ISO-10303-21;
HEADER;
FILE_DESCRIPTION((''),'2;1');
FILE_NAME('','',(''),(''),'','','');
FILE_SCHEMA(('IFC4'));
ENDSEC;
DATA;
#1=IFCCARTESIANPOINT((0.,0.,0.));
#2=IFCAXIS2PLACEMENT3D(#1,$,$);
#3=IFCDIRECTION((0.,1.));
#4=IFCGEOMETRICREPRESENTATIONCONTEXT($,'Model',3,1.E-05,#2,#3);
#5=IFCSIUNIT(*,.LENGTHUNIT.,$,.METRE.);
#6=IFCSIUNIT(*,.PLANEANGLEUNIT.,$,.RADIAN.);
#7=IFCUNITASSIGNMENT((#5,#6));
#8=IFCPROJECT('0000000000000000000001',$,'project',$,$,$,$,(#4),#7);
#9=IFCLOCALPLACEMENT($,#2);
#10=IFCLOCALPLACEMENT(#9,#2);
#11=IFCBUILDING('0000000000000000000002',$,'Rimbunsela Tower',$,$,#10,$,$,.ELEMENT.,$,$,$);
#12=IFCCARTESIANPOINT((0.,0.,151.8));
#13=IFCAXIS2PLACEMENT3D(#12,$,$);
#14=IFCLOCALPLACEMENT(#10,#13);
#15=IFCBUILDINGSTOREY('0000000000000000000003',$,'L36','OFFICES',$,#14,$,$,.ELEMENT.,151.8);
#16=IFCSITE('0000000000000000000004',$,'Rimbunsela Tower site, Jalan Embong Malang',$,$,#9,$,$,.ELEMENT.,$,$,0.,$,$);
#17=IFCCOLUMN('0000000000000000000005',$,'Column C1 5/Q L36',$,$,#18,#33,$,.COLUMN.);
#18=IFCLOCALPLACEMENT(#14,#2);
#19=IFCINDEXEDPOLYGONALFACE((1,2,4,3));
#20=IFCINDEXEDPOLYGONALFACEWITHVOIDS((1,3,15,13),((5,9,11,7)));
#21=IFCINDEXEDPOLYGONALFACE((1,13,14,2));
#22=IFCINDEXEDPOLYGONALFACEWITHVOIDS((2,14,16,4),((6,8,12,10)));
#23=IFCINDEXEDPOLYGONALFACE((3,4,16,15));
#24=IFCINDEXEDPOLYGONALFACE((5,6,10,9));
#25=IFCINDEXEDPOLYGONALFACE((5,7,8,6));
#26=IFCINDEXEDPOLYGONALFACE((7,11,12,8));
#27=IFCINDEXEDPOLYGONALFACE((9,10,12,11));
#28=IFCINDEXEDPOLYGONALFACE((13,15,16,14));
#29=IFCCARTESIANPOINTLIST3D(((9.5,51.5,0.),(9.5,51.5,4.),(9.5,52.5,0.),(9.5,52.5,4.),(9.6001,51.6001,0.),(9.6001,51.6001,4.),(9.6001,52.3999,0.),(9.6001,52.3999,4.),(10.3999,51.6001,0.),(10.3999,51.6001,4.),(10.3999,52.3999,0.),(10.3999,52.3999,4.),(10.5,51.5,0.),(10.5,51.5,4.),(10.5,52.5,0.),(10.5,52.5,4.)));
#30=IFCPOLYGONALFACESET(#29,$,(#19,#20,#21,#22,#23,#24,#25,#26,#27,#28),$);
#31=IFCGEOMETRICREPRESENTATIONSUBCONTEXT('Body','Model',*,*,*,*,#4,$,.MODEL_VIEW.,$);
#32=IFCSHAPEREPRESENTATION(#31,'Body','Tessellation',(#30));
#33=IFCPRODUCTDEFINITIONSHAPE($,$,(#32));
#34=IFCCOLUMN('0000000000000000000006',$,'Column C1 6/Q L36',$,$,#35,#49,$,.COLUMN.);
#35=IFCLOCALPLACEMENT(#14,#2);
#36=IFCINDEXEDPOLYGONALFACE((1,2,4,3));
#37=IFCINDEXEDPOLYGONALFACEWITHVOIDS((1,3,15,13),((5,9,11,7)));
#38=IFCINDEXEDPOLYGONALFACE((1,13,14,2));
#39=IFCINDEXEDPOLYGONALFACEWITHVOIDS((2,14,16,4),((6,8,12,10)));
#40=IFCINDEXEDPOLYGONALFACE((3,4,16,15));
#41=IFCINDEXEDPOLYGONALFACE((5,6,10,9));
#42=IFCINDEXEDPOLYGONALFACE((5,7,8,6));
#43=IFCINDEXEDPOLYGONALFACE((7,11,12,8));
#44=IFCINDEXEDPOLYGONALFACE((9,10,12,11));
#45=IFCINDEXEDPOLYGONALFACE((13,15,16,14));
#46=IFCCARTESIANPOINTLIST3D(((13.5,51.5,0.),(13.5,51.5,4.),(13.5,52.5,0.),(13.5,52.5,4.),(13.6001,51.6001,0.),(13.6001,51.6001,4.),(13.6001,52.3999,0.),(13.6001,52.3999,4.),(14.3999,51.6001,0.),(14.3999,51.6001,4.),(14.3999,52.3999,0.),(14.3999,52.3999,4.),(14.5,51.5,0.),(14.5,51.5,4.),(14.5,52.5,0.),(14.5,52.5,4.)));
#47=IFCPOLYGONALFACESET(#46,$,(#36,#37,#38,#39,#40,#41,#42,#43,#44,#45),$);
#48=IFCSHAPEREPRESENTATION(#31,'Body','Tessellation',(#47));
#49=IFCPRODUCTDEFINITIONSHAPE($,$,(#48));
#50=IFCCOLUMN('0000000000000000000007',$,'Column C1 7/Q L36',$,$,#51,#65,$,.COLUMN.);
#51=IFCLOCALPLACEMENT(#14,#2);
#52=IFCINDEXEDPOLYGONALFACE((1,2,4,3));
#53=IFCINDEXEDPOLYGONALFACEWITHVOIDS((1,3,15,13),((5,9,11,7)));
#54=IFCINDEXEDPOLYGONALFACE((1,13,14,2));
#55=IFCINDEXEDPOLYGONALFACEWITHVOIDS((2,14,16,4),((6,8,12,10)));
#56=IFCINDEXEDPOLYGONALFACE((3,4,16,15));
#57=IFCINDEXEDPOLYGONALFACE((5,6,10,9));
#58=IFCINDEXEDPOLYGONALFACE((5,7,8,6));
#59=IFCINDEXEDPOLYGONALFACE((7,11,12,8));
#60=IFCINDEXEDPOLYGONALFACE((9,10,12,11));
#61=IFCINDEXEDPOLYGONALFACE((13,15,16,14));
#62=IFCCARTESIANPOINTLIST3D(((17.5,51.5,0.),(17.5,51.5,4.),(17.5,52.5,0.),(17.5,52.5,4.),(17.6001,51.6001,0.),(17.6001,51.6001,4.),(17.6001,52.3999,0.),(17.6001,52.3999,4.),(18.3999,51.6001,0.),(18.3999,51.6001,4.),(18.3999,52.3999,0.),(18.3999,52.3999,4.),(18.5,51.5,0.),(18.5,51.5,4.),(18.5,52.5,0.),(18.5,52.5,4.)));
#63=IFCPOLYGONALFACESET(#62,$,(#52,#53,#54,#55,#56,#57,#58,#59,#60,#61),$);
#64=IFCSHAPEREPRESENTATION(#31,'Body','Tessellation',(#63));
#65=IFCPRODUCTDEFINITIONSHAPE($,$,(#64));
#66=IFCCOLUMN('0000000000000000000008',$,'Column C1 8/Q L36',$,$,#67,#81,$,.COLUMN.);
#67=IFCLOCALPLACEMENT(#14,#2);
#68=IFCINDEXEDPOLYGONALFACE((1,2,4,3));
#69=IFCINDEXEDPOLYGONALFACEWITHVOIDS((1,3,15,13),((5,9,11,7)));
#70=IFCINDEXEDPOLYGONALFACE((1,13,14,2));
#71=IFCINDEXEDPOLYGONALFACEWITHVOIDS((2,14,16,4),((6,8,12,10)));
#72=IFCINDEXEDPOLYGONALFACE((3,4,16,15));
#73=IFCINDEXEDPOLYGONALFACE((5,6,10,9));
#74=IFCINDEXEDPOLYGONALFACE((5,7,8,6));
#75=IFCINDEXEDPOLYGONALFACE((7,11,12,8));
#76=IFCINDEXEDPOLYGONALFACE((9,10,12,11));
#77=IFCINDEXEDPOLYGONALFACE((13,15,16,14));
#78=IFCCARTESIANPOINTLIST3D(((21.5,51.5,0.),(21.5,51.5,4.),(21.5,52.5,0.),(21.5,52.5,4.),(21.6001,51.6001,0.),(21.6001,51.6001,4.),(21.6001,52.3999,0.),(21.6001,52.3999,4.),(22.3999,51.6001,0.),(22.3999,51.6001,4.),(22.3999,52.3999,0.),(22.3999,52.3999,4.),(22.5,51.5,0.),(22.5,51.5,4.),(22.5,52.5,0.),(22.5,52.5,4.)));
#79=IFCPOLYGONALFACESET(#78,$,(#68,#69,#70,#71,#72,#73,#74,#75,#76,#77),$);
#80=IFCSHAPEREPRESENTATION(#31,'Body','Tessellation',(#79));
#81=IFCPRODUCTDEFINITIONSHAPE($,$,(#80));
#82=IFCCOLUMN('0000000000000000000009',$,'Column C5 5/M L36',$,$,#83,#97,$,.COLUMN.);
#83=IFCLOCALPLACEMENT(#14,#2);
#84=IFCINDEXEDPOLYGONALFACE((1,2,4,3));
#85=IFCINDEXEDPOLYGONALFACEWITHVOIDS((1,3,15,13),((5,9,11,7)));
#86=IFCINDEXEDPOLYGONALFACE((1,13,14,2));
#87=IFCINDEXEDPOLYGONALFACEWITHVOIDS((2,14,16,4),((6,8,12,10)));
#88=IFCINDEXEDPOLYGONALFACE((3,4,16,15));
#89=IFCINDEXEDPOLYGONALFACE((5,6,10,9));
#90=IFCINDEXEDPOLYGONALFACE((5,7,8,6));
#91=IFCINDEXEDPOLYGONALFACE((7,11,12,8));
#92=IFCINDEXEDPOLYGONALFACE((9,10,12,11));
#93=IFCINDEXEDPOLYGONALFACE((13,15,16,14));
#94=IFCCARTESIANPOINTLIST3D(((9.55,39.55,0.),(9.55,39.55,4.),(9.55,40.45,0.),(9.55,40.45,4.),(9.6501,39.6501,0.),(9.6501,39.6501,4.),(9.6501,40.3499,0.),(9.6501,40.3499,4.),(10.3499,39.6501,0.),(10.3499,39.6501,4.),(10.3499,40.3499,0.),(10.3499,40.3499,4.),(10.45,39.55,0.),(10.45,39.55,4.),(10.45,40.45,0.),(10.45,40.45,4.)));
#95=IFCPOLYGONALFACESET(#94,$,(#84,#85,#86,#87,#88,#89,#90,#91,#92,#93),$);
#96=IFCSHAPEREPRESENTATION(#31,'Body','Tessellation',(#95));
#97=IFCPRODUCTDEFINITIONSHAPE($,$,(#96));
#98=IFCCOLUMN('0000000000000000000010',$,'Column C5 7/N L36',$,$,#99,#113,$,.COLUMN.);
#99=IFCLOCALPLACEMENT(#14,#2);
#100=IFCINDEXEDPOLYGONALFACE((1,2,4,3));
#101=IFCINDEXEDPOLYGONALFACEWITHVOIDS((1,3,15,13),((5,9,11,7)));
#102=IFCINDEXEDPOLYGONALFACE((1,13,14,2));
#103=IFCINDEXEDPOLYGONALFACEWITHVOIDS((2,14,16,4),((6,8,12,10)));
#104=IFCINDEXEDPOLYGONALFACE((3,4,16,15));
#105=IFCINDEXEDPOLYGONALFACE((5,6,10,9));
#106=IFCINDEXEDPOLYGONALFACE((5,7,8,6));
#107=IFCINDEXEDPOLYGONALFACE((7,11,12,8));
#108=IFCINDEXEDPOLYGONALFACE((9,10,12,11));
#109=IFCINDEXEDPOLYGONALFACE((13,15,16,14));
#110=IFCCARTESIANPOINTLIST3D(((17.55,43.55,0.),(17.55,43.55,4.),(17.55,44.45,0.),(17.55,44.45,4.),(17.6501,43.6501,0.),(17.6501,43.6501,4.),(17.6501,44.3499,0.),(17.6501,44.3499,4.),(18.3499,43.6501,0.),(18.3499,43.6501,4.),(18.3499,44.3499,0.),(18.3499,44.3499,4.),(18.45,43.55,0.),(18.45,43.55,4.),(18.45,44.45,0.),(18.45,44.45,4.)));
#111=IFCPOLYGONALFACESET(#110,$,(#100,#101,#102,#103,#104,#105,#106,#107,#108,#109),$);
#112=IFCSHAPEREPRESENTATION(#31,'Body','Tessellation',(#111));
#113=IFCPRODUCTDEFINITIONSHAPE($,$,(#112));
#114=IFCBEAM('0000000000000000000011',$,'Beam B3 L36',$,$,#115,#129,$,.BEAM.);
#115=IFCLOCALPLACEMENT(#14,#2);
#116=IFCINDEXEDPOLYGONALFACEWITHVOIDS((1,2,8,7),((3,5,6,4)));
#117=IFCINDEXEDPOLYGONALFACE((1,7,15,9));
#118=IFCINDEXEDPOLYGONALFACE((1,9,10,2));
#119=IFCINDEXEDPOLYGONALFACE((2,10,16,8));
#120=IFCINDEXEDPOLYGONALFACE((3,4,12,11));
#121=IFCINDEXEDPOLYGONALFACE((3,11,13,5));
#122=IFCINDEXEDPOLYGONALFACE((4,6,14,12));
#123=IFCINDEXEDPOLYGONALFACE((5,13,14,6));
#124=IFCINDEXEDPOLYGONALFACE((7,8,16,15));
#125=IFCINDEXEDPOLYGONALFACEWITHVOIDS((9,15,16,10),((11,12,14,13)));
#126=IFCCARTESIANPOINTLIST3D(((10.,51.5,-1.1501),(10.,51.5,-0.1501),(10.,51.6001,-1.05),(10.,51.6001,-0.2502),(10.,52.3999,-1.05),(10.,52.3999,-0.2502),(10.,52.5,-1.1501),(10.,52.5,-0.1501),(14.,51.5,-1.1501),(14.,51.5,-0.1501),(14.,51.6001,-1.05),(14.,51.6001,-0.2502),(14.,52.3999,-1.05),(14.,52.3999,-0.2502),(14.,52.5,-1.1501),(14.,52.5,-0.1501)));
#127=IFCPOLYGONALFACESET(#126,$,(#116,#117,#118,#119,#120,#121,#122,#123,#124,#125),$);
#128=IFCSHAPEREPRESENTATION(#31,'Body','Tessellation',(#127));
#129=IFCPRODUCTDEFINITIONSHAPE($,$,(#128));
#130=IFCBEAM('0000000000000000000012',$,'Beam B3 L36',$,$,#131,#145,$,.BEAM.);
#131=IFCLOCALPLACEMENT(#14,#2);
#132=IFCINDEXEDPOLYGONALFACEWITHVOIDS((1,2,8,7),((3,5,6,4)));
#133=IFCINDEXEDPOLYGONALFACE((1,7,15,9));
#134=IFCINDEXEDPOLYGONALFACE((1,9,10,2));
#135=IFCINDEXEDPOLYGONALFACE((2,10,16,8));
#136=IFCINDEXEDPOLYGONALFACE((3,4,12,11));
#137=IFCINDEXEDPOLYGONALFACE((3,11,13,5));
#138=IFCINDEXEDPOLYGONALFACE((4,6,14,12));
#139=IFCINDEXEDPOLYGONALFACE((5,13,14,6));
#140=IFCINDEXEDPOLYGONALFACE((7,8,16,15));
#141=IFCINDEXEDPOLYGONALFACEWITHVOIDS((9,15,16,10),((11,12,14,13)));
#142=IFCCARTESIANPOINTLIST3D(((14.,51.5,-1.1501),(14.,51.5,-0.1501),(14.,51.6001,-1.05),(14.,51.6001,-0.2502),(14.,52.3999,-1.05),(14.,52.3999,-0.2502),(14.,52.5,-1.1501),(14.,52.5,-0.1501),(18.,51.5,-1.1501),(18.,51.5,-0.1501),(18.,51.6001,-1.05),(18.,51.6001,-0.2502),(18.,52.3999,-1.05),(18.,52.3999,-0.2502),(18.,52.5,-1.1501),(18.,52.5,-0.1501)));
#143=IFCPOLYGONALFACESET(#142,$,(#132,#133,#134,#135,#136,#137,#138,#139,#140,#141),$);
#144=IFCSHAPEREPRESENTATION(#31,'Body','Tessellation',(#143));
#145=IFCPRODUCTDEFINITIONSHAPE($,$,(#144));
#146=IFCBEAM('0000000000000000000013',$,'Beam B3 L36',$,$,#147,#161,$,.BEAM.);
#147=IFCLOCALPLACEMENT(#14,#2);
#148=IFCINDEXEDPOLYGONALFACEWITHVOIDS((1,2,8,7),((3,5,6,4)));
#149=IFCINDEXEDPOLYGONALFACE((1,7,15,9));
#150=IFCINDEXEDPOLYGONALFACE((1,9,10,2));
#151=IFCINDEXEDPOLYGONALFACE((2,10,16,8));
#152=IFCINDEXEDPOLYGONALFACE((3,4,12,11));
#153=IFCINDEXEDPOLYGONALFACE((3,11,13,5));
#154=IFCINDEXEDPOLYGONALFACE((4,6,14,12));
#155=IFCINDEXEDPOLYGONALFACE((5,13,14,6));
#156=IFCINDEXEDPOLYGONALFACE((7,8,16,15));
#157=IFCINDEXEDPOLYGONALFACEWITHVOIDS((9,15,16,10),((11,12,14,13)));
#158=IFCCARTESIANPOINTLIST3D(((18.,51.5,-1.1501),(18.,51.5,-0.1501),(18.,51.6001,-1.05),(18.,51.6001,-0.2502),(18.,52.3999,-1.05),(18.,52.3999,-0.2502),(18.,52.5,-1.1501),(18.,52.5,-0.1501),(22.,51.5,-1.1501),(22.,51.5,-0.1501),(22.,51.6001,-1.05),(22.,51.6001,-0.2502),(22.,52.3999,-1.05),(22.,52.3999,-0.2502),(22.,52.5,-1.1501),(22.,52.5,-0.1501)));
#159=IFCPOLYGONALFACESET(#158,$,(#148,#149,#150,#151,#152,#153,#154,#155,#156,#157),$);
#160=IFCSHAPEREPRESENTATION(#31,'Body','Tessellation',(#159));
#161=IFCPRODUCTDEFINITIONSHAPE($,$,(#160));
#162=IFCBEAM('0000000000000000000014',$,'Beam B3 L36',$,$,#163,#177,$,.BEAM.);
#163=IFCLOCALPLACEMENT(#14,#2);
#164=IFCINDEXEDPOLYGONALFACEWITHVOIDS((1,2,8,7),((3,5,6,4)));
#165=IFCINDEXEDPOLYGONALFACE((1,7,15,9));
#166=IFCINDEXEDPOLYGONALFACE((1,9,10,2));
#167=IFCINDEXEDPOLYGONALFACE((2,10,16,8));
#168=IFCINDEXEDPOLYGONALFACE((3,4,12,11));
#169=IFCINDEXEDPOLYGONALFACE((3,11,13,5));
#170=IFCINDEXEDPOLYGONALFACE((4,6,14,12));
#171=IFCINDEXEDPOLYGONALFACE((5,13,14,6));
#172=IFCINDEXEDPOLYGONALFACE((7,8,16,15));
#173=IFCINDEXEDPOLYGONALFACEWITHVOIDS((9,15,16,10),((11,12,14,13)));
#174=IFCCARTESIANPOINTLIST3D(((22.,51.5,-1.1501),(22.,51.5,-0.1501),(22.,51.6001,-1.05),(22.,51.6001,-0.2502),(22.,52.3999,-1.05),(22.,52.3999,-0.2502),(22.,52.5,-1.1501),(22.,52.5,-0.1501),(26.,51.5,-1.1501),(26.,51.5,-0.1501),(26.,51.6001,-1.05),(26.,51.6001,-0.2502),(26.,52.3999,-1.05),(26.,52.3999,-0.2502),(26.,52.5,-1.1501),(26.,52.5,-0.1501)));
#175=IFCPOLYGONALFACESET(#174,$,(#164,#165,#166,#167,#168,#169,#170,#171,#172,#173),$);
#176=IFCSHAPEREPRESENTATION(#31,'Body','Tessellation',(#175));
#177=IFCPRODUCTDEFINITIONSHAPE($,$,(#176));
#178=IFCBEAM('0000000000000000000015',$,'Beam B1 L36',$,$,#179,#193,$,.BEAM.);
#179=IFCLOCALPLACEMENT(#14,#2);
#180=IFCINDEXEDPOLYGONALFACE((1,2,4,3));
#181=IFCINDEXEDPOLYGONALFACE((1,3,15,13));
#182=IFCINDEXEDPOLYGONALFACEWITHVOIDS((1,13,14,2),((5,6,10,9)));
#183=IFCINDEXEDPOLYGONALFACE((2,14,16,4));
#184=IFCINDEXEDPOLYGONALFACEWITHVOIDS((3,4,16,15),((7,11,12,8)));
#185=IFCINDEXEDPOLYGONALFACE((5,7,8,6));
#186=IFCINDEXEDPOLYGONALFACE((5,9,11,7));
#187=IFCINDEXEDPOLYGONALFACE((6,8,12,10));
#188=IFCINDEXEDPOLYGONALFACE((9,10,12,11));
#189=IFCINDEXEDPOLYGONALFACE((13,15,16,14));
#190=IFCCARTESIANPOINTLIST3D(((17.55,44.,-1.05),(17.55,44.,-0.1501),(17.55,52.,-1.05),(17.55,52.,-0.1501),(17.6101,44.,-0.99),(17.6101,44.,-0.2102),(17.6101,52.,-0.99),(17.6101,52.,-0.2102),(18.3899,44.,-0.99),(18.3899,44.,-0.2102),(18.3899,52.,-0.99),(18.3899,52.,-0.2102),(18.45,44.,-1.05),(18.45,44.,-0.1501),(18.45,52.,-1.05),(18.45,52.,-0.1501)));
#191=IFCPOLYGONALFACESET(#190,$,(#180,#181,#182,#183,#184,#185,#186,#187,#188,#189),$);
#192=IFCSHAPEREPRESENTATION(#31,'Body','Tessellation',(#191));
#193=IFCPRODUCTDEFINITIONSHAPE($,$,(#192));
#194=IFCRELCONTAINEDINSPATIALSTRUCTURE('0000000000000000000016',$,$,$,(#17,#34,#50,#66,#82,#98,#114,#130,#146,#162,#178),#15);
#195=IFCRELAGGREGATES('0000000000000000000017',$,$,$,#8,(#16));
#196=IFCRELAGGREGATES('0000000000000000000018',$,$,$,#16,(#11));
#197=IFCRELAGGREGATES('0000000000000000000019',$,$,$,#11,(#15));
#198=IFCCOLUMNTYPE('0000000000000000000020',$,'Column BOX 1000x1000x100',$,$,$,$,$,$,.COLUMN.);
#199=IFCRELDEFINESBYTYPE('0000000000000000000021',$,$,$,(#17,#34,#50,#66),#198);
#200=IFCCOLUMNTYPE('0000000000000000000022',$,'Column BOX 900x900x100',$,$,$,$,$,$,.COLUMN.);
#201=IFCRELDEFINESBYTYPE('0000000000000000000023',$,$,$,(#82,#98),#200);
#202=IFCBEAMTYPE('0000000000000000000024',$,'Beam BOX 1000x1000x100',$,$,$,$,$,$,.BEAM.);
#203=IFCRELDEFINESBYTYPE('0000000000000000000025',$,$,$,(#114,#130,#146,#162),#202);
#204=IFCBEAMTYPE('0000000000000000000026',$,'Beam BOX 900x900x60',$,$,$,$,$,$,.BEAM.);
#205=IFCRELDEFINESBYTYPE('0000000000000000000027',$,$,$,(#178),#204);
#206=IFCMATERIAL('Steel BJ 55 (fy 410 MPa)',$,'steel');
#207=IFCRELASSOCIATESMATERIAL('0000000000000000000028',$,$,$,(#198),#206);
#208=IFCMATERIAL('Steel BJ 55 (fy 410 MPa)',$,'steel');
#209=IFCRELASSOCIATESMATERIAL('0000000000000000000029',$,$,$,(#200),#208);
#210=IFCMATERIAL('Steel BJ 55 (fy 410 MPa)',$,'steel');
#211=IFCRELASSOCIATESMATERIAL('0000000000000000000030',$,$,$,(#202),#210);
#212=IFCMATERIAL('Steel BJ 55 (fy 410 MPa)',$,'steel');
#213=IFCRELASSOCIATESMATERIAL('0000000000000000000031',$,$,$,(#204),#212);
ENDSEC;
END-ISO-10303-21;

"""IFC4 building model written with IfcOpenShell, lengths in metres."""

from ifc_helpers import new_model, si_unit, direction, frame, origin, origin_2d, place, context, subcontext, project, spatial, hollow_rectangle, extrude, material, material_profile, profile_set, type_object, element, save


model = new_model("IFC4")

# Units and contexts
model_context = context("Model", 3, precision=1e-05, world=origin(), true_north=direction((0.0, 1.0)))
body_context = subcontext(model_context, "Body", "Model", "MODEL_VIEW")
ifc_project = project(units=[si_unit("LENGTHUNIT", "METRE"), si_unit("PLANEANGLEUNIT", "RADIAN")], contexts=[model_context])

# Site, building, storey
site_placement = place(None, origin())
site = spatial("IfcSite", under=ifc_project, at=site_placement, Name="Rimbunsela Tower site, Jalan Embong Malang", CompositionType="ELEMENT", RefElevation=0.0)
building_placement = place(site_placement, origin())
building = spatial("IfcBuilding", under=site, at=building_placement, Name="Rimbunsela Tower", CompositionType="ELEMENT")
storey_placement = place(building_placement, frame((0.0, 0.0, 151.8)))
storey = spatial("IfcBuildingStorey", under=building, at=storey_placement, Name="L36", Description="OFFICES", CompositionType="ELEMENT", Elevation=151.8)

# Columns
ifc_material_1 = material(Name="Steel BJ 55 (fy 410 MPa)", Category="steel")
ifc_material_profile_1 = material_profile(ifc_material_1, hollow_rectangle(XDim=1.0, YDim=1.0, WallThickness=0.1001, at=origin_2d()), Name="BOX 1000x1000x100")
ifc_profile_set_1 = profile_set([ifc_material_profile_1], Name="Steel BJ 55 (fy 410 MPa)")
column_type_1 = type_object("IfcColumnType", Name="Column BOX 1000x1000x100", PredefinedType="COLUMN", material=ifc_profile_set_1)
for number, where, z_axis, x_axis, name in (
    (1, (10.0, 52.0, 0.0), (0.0, 0.0, 1.0), (1.0, 0.0, 0.0), "Column C1 5/Q L36"),
    (2, (14.0, 52.0, 0.0), (0.0, 0.0, 1.0), (1.0, 0.0, 0.0), "Column C1 6/Q L36"),
    (3, (18.0, 52.0, 0.0), (0.0, 0.0, 1.0), (1.0, 0.0, 0.0), "Column C1 7/Q L36"),
    (4, (22.0, 52.0, 0.0), (0.0, 0.0, 1.0), (1.0, 0.0, 0.0), "Column C1 8/Q L36"),
):
    element("IfcColumn", number, at=place(storey_placement, frame(where, z_axis=z_axis, x_axis=x_axis)), inside=storey, type_object=column_type_1, Name=name, PredefinedType="COLUMN", context=body_context, shape_type="SweptSolid", body=[
        extrude(hollow_rectangle(XDim=1.0, YDim=1.0, WallThickness=0.1001, at=origin_2d()), origin(), (0.0, 0.0, 1.0), 4.0),
    ])
ifc_material_2 = material(Name="Steel BJ 55 (fy 410 MPa)", Category="steel")
ifc_material_profile_2 = material_profile(ifc_material_2, hollow_rectangle(XDim=0.8999, YDim=0.8999, WallThickness=0.1001, at=origin_2d()), Name="BOX 900x900x100")
ifc_profile_set_2 = profile_set([ifc_material_profile_2], Name="Steel BJ 55 (fy 410 MPa)")
column_type_2 = type_object("IfcColumnType", Name="Column BOX 900x900x100", PredefinedType="COLUMN", material=ifc_profile_set_2)
for number, where, z_axis, x_axis, name in (
    (5, (10.0, 40.0, 0.0), (0.0, 0.0, 1.0), (1.0, 0.0, 0.0), "Column C5 5/M L36"),
    (6, (18.0, 44.0, 0.0), (0.0, 0.0, 1.0), (1.0, 0.0, 0.0), "Column C5 7/N L36"),
):
    element("IfcColumn", number, at=place(storey_placement, frame(where, z_axis=z_axis, x_axis=x_axis)), inside=storey, type_object=column_type_2, Name=name, PredefinedType="COLUMN", context=body_context, shape_type="SweptSolid", body=[
        extrude(hollow_rectangle(XDim=0.8999, YDim=0.8999, WallThickness=0.1001, at=origin_2d()), origin(), (0.0, 0.0, 1.0), 4.0),
    ])

# Beams
ifc_material_3 = material(Name="Steel BJ 55 (fy 410 MPa)", Category="steel")
ifc_material_profile_3 = material_profile(ifc_material_3, hollow_rectangle(XDim=1.0, YDim=1.0, WallThickness=0.1001, at=origin_2d()), Name="BOX 1000x1000x100")
ifc_profile_set_3 = profile_set([ifc_material_profile_3], Name="Steel BJ 55 (fy 410 MPa)")
beam_type_1 = type_object("IfcBeamType", Name="Beam BOX 1000x1000x100", PredefinedType="BEAM", material=ifc_profile_set_3)
for number, where, z_axis, x_axis, name in (
    (7, (10.0, 52.0, -0.6501), (1.0, 0.0, 0.0), (0.0, 1.0, 0.0), "Beam B3 L36"),
    (8, (14.0, 52.0, -0.6501), (1.0, 0.0, 0.0), (0.0, 1.0, 0.0), "Beam B3 L36"),
    (9, (18.0, 52.0, -0.6501), (1.0, 0.0, 0.0), (0.0, 1.0, 0.0), "Beam B3 L36"),
    (10, (22.0, 52.0, -0.6501), (1.0, 0.0, 0.0), (0.0, 1.0, 0.0), "Beam B3 L36"),
):
    element("IfcBeam", number, at=place(storey_placement, frame(where, z_axis=z_axis, x_axis=x_axis)), inside=storey, type_object=beam_type_1, Name=name, PredefinedType="BEAM", context=body_context, shape_type="SweptSolid", body=[
        extrude(hollow_rectangle(XDim=1.0, YDim=1.0, WallThickness=0.1001, at=origin_2d()), origin(), (0.0, 0.0, 1.0), 4.0),
    ])
ifc_material_4 = material(Name="Steel BJ 55 (fy 410 MPa)", Category="steel")
ifc_material_profile_4 = material_profile(ifc_material_4, hollow_rectangle(XDim=0.8999, YDim=0.8999, WallThickness=0.0601, at=origin_2d()), Name="BOX 900x900x60")
ifc_profile_set_4 = profile_set([ifc_material_profile_4], Name="Steel BJ 55 (fy 410 MPa)")
beam_type_2 = type_object("IfcBeamType", Name="Beam BOX 900x900x60", PredefinedType="BEAM", material=ifc_profile_set_4)
beam_1_placement = place(storey_placement, frame((18.0, 44.0, -0.6001), z_axis=(0.0, 1.0, 0.0), x_axis=(-1.0, 0.0, 0.0)))
element("IfcBeam", 11, at=beam_1_placement, inside=storey, type_object=beam_type_2, Name="Beam B1 L36", PredefinedType="BEAM", context=body_context, shape_type="SweptSolid", body=[
    extrude(hollow_rectangle(XDim=0.8999, YDim=0.8999, WallThickness=0.0601, at=origin_2d()), origin(), (0.0, 0.0, 1.0), 8.0),
])

save(model, "model.ifc")
